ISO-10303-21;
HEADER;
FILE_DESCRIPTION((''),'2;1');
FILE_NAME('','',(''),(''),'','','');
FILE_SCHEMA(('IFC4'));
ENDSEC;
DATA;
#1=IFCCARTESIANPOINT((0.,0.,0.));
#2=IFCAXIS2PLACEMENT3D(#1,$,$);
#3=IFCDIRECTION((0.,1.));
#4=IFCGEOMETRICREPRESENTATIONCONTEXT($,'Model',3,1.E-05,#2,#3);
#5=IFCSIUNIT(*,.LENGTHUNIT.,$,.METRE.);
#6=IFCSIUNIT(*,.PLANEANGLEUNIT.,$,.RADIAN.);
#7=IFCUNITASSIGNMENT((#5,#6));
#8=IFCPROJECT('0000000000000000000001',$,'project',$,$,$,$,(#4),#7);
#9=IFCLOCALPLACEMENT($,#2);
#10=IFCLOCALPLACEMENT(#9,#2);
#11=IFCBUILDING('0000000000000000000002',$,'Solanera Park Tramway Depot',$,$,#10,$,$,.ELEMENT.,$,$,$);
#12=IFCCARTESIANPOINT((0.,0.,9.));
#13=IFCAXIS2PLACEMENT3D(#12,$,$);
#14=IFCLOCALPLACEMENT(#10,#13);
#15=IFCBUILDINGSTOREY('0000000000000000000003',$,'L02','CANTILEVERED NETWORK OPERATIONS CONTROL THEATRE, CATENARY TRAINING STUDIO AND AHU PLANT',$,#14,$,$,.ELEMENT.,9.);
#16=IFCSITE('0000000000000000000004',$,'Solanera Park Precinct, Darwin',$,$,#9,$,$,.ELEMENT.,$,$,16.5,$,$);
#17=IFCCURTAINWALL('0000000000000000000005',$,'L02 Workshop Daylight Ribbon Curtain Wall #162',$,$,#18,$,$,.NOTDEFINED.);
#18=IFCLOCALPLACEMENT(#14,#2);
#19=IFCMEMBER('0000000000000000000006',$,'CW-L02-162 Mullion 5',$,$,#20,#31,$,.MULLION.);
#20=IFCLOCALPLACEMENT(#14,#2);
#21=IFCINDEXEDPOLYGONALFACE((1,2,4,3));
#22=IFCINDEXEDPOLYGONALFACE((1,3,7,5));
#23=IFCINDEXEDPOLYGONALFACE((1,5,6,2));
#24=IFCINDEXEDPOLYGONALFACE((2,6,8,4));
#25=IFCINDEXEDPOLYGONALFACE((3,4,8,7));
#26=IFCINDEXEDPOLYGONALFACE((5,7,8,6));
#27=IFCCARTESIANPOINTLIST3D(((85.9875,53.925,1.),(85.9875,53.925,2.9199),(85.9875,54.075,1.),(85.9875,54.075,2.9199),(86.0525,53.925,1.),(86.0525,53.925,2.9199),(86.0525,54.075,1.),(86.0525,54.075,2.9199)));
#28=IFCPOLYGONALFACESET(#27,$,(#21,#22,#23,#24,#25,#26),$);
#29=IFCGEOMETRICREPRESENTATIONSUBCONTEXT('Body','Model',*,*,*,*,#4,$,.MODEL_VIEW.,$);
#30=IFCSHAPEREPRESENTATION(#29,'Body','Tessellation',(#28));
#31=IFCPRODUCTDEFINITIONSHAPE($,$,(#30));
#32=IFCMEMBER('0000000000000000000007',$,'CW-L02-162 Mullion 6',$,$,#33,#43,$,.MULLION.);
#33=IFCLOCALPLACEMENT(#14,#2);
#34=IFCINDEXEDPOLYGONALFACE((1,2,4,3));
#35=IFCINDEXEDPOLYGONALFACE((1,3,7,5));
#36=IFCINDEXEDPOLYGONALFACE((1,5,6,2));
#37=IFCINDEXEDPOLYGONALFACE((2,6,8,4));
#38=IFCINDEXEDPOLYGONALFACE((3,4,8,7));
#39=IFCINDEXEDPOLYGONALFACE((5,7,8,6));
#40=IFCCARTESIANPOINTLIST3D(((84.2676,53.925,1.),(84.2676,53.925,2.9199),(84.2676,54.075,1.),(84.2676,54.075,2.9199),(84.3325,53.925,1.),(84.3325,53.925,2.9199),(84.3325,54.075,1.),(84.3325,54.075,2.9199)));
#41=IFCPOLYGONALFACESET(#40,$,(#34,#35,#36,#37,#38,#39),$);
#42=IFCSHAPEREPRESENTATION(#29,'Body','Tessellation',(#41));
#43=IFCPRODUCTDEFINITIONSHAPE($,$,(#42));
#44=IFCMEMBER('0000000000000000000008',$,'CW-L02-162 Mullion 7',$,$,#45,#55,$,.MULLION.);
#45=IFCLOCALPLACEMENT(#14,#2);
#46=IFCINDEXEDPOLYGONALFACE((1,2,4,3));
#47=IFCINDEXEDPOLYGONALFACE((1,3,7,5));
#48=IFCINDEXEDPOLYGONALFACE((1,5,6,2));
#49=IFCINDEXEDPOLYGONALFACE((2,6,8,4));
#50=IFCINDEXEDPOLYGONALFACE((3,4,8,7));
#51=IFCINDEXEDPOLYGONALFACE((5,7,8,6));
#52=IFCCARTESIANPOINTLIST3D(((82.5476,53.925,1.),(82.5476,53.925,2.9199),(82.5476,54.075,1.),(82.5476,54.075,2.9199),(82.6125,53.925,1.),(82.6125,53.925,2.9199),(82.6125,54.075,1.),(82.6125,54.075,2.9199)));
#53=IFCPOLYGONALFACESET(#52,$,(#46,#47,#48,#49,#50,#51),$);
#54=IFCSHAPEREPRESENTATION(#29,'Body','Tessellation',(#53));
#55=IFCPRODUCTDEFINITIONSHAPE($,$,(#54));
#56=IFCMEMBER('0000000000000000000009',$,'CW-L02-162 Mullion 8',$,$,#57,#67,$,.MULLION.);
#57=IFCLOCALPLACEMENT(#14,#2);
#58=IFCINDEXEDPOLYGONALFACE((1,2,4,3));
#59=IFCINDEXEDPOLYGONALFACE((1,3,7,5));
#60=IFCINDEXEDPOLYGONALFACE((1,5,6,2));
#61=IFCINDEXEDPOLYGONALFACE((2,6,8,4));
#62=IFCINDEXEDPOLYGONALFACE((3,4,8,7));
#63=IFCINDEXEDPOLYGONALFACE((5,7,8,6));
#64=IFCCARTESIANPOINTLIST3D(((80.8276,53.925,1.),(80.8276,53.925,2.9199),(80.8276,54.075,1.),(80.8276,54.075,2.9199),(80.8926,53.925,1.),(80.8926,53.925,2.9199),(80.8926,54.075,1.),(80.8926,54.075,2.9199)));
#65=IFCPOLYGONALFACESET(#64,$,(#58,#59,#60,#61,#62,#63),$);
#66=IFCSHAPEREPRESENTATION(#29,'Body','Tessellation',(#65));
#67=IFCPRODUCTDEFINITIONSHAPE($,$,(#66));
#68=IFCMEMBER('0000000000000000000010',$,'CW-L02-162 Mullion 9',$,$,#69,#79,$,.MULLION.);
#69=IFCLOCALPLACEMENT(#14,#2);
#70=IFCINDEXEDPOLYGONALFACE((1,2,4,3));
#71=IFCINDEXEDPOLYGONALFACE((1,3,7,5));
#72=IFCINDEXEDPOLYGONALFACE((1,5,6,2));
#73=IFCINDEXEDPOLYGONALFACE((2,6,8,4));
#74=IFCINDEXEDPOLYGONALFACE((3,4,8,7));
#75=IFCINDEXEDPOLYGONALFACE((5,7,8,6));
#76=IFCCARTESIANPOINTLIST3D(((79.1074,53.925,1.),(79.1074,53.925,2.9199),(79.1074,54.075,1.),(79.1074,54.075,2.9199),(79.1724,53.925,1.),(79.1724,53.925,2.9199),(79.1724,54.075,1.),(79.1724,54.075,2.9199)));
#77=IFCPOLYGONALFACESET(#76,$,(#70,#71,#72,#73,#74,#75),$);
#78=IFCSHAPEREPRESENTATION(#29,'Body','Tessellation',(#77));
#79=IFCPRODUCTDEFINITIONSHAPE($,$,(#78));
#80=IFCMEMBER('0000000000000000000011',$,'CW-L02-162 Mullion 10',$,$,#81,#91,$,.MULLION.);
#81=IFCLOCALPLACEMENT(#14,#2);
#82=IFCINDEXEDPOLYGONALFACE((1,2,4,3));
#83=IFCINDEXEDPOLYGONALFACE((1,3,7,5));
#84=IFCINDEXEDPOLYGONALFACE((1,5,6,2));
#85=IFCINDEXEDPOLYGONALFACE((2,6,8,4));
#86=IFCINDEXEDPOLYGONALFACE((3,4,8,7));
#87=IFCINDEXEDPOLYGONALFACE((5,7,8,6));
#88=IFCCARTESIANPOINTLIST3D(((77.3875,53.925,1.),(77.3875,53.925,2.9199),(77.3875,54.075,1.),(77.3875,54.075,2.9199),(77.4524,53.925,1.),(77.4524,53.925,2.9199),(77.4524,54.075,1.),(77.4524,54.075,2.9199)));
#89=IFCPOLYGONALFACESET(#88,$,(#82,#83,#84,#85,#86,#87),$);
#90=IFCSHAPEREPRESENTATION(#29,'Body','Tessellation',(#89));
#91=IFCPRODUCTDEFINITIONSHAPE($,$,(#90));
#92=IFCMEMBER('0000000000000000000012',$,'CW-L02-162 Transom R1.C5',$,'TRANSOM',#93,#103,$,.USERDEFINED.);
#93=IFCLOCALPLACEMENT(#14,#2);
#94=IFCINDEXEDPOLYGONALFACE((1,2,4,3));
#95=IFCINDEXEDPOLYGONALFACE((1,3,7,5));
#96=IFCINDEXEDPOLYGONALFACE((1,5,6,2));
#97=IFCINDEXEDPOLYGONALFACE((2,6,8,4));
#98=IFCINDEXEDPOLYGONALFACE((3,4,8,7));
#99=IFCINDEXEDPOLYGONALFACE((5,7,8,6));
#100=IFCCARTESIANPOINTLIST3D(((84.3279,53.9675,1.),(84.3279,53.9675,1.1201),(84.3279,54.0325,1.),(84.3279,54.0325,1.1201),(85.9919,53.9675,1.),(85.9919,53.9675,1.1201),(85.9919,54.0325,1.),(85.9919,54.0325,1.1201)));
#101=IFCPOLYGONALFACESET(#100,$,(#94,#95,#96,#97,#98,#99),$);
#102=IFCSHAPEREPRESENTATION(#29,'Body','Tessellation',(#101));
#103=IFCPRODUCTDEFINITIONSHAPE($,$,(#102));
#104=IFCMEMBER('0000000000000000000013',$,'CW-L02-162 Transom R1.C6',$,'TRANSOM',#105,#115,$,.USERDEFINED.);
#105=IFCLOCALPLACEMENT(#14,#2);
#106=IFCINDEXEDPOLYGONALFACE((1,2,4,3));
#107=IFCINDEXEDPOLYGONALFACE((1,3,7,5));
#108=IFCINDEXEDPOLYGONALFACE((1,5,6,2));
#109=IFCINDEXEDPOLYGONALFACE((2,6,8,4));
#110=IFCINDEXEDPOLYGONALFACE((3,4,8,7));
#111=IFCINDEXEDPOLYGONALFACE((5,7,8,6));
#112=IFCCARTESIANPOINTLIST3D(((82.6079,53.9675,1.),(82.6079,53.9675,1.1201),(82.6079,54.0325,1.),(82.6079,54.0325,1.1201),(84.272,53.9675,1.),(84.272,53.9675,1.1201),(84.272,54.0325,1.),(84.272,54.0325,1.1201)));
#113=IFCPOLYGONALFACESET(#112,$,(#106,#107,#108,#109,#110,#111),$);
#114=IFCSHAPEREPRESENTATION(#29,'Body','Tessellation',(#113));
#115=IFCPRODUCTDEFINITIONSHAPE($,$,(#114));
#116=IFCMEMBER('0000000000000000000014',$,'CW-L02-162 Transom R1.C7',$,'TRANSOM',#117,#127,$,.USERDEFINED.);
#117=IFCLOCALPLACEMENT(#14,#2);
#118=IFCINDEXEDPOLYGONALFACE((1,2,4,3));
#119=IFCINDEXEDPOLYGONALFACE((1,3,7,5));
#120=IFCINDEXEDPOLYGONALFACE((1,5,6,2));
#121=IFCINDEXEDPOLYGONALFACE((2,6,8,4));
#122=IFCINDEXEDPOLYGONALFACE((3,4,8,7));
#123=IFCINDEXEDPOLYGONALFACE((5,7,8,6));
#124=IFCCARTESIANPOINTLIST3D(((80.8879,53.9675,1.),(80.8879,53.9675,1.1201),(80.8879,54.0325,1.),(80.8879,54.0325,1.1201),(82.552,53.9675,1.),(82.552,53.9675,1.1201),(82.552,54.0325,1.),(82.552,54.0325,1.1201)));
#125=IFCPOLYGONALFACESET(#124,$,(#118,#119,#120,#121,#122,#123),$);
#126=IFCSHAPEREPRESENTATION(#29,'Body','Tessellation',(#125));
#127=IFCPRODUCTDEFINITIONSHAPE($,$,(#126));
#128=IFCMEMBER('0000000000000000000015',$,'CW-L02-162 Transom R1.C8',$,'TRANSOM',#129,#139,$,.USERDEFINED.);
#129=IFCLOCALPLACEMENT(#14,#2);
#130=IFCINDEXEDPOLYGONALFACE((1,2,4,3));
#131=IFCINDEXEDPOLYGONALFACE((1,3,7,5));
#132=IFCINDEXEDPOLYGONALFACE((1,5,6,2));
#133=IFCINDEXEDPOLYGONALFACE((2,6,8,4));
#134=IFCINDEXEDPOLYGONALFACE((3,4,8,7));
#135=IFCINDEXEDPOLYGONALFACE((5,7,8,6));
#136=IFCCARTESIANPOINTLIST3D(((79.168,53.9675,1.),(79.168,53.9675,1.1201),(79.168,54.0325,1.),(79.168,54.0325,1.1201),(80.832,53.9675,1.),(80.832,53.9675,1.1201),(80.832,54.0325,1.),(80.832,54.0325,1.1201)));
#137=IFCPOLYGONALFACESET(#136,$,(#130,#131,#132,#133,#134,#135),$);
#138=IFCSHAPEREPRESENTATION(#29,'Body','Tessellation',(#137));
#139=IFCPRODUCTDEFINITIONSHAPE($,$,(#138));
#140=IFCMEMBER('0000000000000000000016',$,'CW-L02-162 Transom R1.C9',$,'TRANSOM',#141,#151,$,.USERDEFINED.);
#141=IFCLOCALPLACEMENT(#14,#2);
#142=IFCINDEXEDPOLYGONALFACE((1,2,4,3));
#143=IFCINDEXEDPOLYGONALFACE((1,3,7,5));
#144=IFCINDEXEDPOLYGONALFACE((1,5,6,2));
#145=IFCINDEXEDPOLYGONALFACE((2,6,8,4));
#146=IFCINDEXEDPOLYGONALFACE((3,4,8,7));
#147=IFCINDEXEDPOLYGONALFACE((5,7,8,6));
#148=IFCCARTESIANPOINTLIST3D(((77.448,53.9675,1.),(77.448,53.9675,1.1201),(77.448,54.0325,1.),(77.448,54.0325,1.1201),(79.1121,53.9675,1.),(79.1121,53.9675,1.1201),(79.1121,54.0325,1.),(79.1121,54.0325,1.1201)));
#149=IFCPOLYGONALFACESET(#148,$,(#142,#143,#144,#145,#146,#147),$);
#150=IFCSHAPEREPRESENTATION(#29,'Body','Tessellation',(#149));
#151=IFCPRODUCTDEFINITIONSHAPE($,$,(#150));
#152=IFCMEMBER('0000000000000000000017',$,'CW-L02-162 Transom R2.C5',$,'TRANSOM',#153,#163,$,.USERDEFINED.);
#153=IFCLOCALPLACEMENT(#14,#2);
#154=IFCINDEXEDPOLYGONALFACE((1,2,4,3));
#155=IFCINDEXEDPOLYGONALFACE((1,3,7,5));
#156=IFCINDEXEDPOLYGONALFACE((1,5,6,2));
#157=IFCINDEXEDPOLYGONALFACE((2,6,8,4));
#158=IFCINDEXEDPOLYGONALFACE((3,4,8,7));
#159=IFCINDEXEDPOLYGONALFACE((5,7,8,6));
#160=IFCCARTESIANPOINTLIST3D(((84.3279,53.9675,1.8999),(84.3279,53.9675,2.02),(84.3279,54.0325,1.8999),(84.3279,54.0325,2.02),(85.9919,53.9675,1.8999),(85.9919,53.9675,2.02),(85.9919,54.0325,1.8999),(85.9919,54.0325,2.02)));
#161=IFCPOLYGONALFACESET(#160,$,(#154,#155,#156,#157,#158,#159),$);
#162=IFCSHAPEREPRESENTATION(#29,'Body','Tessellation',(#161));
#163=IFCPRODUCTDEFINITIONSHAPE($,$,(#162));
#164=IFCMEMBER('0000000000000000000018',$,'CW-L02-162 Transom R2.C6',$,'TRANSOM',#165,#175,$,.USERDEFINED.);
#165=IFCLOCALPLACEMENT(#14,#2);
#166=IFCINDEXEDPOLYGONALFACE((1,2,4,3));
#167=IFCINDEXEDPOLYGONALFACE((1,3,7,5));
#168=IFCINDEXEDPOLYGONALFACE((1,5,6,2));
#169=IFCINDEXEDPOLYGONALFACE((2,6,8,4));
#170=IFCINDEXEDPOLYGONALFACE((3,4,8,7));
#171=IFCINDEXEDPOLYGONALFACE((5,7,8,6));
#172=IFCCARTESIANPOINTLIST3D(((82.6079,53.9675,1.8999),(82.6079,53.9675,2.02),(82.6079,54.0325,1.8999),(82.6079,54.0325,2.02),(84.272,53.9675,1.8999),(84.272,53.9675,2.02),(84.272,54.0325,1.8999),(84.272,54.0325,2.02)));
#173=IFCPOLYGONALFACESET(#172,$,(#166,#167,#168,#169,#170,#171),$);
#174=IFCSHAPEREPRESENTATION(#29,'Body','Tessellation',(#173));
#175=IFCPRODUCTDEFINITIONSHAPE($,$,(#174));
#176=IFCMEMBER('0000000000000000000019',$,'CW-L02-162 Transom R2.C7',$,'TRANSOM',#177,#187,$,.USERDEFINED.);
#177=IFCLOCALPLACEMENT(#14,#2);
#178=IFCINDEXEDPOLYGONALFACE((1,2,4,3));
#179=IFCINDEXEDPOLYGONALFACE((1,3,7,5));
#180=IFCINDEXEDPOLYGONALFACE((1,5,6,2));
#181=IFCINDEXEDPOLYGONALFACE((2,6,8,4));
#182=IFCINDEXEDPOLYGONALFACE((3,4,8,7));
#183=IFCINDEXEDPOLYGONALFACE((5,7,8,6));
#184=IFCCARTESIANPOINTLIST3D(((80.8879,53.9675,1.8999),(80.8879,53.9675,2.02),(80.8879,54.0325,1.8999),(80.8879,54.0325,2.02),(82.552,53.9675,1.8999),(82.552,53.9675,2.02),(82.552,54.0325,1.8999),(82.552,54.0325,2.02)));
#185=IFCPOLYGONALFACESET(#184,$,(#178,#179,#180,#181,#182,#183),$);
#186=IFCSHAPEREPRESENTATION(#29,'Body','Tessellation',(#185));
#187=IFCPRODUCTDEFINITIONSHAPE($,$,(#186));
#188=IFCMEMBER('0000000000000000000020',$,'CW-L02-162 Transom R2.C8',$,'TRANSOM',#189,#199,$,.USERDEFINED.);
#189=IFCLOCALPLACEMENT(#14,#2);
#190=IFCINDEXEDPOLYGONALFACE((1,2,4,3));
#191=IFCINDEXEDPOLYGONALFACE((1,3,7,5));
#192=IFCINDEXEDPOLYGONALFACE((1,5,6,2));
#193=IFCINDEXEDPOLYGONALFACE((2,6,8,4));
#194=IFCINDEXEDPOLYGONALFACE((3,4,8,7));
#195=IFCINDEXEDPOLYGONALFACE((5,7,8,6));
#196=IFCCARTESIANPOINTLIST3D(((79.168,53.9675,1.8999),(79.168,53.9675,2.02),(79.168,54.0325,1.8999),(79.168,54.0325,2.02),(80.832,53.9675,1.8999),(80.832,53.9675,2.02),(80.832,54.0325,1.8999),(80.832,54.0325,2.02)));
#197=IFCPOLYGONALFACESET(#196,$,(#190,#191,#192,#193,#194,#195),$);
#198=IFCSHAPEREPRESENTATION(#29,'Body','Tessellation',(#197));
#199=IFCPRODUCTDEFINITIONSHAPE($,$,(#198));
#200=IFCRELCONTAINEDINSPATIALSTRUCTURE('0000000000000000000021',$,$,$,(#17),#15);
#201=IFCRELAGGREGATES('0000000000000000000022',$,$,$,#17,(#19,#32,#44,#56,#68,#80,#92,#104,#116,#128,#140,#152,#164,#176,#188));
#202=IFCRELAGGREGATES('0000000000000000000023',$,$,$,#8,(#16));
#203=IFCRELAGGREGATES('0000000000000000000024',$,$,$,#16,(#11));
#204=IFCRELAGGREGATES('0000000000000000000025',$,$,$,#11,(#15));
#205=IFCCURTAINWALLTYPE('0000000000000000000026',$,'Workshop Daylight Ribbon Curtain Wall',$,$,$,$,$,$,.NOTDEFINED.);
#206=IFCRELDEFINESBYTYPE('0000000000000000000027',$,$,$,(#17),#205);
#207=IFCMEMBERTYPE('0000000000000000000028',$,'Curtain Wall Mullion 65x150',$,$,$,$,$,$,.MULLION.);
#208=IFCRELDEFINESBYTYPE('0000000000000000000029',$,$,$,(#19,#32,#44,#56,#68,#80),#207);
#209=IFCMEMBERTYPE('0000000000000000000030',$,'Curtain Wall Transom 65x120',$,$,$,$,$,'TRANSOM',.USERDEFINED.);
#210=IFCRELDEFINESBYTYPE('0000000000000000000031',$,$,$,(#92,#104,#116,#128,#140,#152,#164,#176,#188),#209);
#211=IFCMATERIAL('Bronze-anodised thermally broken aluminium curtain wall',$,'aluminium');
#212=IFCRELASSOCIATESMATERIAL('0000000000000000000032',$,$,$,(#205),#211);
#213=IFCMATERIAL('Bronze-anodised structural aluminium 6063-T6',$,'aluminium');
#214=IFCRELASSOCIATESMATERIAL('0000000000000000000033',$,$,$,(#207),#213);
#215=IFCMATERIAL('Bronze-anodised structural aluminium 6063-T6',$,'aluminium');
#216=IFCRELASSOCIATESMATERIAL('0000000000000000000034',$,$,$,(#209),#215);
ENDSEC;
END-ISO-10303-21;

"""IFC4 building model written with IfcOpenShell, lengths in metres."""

from ifc_helpers import new_model, si_unit, direction, frame, origin, origin_2d, place, context, subcontext, project, spatial, rectangle, extrude, material, material_profile, profile_set, type_object, element, aggregate, save


model = new_model("IFC4")

# Units and contexts
model_context = context("Model", 3, precision=1e-05, world=origin(), true_north=direction((0.0, 1.0)))
body_context = subcontext(model_context, "Body", "Model", "MODEL_VIEW")
ifc_project = project(units=[si_unit("LENGTHUNIT", "METRE"), si_unit("PLANEANGLEUNIT", "RADIAN")], contexts=[model_context])

# Site, building, storey
site_placement = place(None, origin())
site = spatial("IfcSite", under=ifc_project, at=site_placement, Name="Solanera Park Precinct, Darwin", CompositionType="ELEMENT", RefElevation=16.5)
building_placement = place(site_placement, origin())
building = spatial("IfcBuilding", under=site, at=building_placement, Name="Solanera Park Tramway Depot", CompositionType="ELEMENT")
storey_placement = place(building_placement, frame((0.0, 0.0, 9.0)))
storey = spatial("IfcBuildingStorey", under=building, at=storey_placement, Name="L02", Description="CANTILEVERED NETWORK OPERATIONS CONTROL THEATRE, CATENARY TRAINING STUDIO AND AHU PLANT", CompositionType="ELEMENT", Elevation=9.0)

# Curtain wall, members
ifc_material_1 = material(Name="Bronze-anodised thermally broken aluminium curtain wall", Category="aluminium")
curtain_wall_type = type_object("IfcCurtainWallType", Name="Workshop Daylight Ribbon Curtain Wall", PredefinedType="NOTDEFINED", material=ifc_material_1)
curtain_wall_placement = place(storey_placement, origin())
curtain_wall = element("IfcCurtainWall", 1, at=curtain_wall_placement, inside=storey, type_object=curtain_wall_type, Name="L02 Workshop Daylight Ribbon Curtain Wall #162", PredefinedType="NOTDEFINED")
ifc_material_2 = material(Name="Bronze-anodised structural aluminium 6063-T6", Category="aluminium")
ifc_material_profile_1 = material_profile(ifc_material_2, rectangle(XDim=0.0649, YDim=0.1499, at=origin_2d()), Name="Curtain Wall Mullion 65x150")
ifc_profile_set_1 = profile_set([ifc_material_profile_1], Name="Bronze-anodised structural aluminium 6063-T6")
member_type_1 = type_object("IfcMemberType", Name="Curtain Wall Mullion 65x150", PredefinedType="MULLION", material=ifc_profile_set_1)
member_1_placement = place(storey_placement, frame((86.02, 54.0, 1.0), z_axis=(0.0, 0.0, 1.0), x_axis=(1.0, 0.0, 0.0)))
member_1 = element("IfcMember", 2, at=member_1_placement, type_object=member_type_1, Name="CW-L02-162 Mullion 5", PredefinedType="MULLION", context=body_context, shape_type="SweptSolid", body=[
    extrude(rectangle(XDim=0.0649, YDim=0.1499, at=origin_2d()), origin(), (0.0, 0.0, 1.0), 1.9199),
])
member_2_placement = place(storey_placement, frame((84.3, 54.0, 1.0), z_axis=(0.0, 0.0, 1.0), x_axis=(1.0, 0.0, 0.0)))
member_2 = element("IfcMember", 3, at=member_2_placement, type_object=member_type_1, Name="CW-L02-162 Mullion 6", PredefinedType="MULLION", context=body_context, shape_type="SweptSolid", body=[
    extrude(rectangle(XDim=0.0649, YDim=0.1499, at=origin_2d()), origin(), (0.0, 0.0, 1.0), 1.9199),
])
member_3_placement = place(storey_placement, frame((82.5801, 54.0, 1.0), z_axis=(0.0, 0.0, 1.0), x_axis=(1.0, 0.0, 0.0)))
member_3 = element("IfcMember", 4, at=member_3_placement, type_object=member_type_1, Name="CW-L02-162 Mullion 7", PredefinedType="MULLION", context=body_context, shape_type="SweptSolid", body=[
    extrude(rectangle(XDim=0.0649, YDim=0.1499, at=origin_2d()), origin(), (0.0, 0.0, 1.0), 1.9199),
])
member_4_placement = place(storey_placement, frame((80.8601, 54.0, 1.0), z_axis=(0.0, 0.0, 1.0), x_axis=(1.0, 0.0, 0.0)))
member_4 = element("IfcMember", 5, at=member_4_placement, type_object=member_type_1, Name="CW-L02-162 Mullion 8", PredefinedType="MULLION", context=body_context, shape_type="SweptSolid", body=[
    extrude(rectangle(XDim=0.0649, YDim=0.1499, at=origin_2d()), origin(), (0.0, 0.0, 1.0), 1.9199),
])
member_5_placement = place(storey_placement, frame((79.1399, 54.0, 1.0), z_axis=(0.0, 0.0, 1.0), x_axis=(1.0, 0.0, 0.0)))
member_5 = element("IfcMember", 6, at=member_5_placement, type_object=member_type_1, Name="CW-L02-162 Mullion 9", PredefinedType="MULLION", context=body_context, shape_type="SweptSolid", body=[
    extrude(rectangle(XDim=0.0649, YDim=0.1499, at=origin_2d()), origin(), (0.0, 0.0, 1.0), 1.9199),
])
member_6_placement = place(storey_placement, frame((77.4199, 54.0, 1.0), z_axis=(0.0, 0.0, 1.0), x_axis=(1.0, 0.0, 0.0)))
member_6 = element("IfcMember", 7, at=member_6_placement, type_object=member_type_1, Name="CW-L02-162 Mullion 10", PredefinedType="MULLION", context=body_context, shape_type="SweptSolid", body=[
    extrude(rectangle(XDim=0.0649, YDim=0.1499, at=origin_2d()), origin(), (0.0, 0.0, 1.0), 1.9199),
])
ifc_material_3 = material(Name="Bronze-anodised structural aluminium 6063-T6", Category="aluminium")
ifc_material_profile_2 = material_profile(ifc_material_3, rectangle(XDim=0.0649, YDim=0.1201, at=origin_2d()), Name="Curtain Wall Transom 65x120")
ifc_profile_set_2 = profile_set([ifc_material_profile_2], Name="Bronze-anodised structural aluminium 6063-T6")
member_type_2 = type_object("IfcMemberType", Name="Curtain Wall Transom 65x120", ElementType="TRANSOM", PredefinedType="USERDEFINED", material=ifc_profile_set_2)
member_7_placement = place(storey_placement, frame((85.9919, 54.0, 1.0601), z_axis=(-1.0, 0.0, 0.0), x_axis=(0.0, -1.0, 0.0)))
member_7 = element("IfcMember", 8, at=member_7_placement, type_object=member_type_2, Name="CW-L02-162 Transom R1.C5", ObjectType="TRANSOM", PredefinedType="USERDEFINED", context=body_context, shape_type="SweptSolid", body=[
    extrude(rectangle(XDim=0.0649, YDim=0.1201, at=origin_2d()), origin(), (0.0, 0.0, 1.0), 1.6641),
])
member_8_placement = place(storey_placement, frame((84.272, 54.0, 1.0601), z_axis=(-1.0, 0.0, 0.0), x_axis=(0.0, -1.0, 0.0)))
member_8 = element("IfcMember", 9, at=member_8_placement, type_object=member_type_2, Name="CW-L02-162 Transom R1.C6", ObjectType="TRANSOM", PredefinedType="USERDEFINED", context=body_context, shape_type="SweptSolid", body=[
    extrude(rectangle(XDim=0.0649, YDim=0.1201, at=origin_2d()), origin(), (0.0, 0.0, 1.0), 1.6641),
])
member_9_placement = place(storey_placement, frame((82.552, 54.0, 1.0601), z_axis=(-1.0, 0.0, 0.0), x_axis=(0.0, -1.0, 0.0)))
member_9 = element("IfcMember", 10, at=member_9_placement, type_object=member_type_2, Name="CW-L02-162 Transom R1.C7", ObjectType="TRANSOM", PredefinedType="USERDEFINED", context=body_context, shape_type="SweptSolid", body=[
    extrude(rectangle(XDim=0.0649, YDim=0.1201, at=origin_2d()), origin(), (0.0, 0.0, 1.0), 1.6641),
])
member_10_placement = place(storey_placement, frame((80.832, 54.0, 1.0601), z_axis=(-1.0, 0.0, 0.0), x_axis=(0.0, -1.0, 0.0)))
member_10 = element("IfcMember", 11, at=member_10_placement, type_object=member_type_2, Name="CW-L02-162 Transom R1.C8", ObjectType="TRANSOM", PredefinedType="USERDEFINED", context=body_context, shape_type="SweptSolid", body=[
    extrude(rectangle(XDim=0.0649, YDim=0.1201, at=origin_2d()), origin(), (0.0, 0.0, 1.0), 1.6641),
])
member_11_placement = place(storey_placement, frame((79.1121, 54.0, 1.0601), z_axis=(-1.0, 0.0, 0.0), x_axis=(0.0, -1.0, 0.0)))
member_11 = element("IfcMember", 12, at=member_11_placement, type_object=member_type_2, Name="CW-L02-162 Transom R1.C9", ObjectType="TRANSOM", PredefinedType="USERDEFINED", context=body_context, shape_type="SweptSolid", body=[
    extrude(rectangle(XDim=0.0649, YDim=0.1201, at=origin_2d()), origin(), (0.0, 0.0, 1.0), 1.6641),
])
member_12_placement = place(storey_placement, frame((85.9919, 54.0, 1.96), z_axis=(-1.0, 0.0, 0.0), x_axis=(0.0, -1.0, 0.0)))
member_12 = element("IfcMember", 13, at=member_12_placement, type_object=member_type_2, Name="CW-L02-162 Transom R2.C5", ObjectType="TRANSOM", PredefinedType="USERDEFINED", context=body_context, shape_type="SweptSolid", body=[
    extrude(rectangle(XDim=0.0649, YDim=0.1201, at=origin_2d()), origin(), (0.0, 0.0, 1.0), 1.6641),
])
member_13_placement = place(storey_placement, frame((84.272, 54.0, 1.96), z_axis=(-1.0, 0.0, 0.0), x_axis=(0.0, -1.0, 0.0)))
member_13 = element("IfcMember", 14, at=member_13_placement, type_object=member_type_2, Name="CW-L02-162 Transom R2.C6", ObjectType="TRANSOM", PredefinedType="USERDEFINED", context=body_context, shape_type="SweptSolid", body=[
    extrude(rectangle(XDim=0.0649, YDim=0.1201, at=origin_2d()), origin(), (0.0, 0.0, 1.0), 1.6641),
])
member_14_placement = place(storey_placement, frame((82.552, 54.0, 1.96), z_axis=(-1.0, 0.0, 0.0), x_axis=(0.0, -1.0, 0.0)))
member_14 = element("IfcMember", 15, at=member_14_placement, type_object=member_type_2, Name="CW-L02-162 Transom R2.C7", ObjectType="TRANSOM", PredefinedType="USERDEFINED", context=body_context, shape_type="SweptSolid", body=[
    extrude(rectangle(XDim=0.0649, YDim=0.1201, at=origin_2d()), origin(), (0.0, 0.0, 1.0), 1.6641),
])
member_15_placement = place(storey_placement, frame((80.832, 54.0, 1.96), z_axis=(-1.0, 0.0, 0.0), x_axis=(0.0, -1.0, 0.0)))
member_15 = element("IfcMember", 16, at=member_15_placement, type_object=member_type_2, Name="CW-L02-162 Transom R2.C8", ObjectType="TRANSOM", PredefinedType="USERDEFINED", context=body_context, shape_type="SweptSolid", body=[
    extrude(rectangle(XDim=0.0649, YDim=0.1201, at=origin_2d()), origin(), (0.0, 0.0, 1.0), 1.6641),
])
aggregate(curtain_wall, [member_1, member_2, member_3, member_4, member_5, member_6, member_7, member_8, member_9, member_10, member_11, member_12, member_13, member_14, member_15])

save(model, "model.ifc")
